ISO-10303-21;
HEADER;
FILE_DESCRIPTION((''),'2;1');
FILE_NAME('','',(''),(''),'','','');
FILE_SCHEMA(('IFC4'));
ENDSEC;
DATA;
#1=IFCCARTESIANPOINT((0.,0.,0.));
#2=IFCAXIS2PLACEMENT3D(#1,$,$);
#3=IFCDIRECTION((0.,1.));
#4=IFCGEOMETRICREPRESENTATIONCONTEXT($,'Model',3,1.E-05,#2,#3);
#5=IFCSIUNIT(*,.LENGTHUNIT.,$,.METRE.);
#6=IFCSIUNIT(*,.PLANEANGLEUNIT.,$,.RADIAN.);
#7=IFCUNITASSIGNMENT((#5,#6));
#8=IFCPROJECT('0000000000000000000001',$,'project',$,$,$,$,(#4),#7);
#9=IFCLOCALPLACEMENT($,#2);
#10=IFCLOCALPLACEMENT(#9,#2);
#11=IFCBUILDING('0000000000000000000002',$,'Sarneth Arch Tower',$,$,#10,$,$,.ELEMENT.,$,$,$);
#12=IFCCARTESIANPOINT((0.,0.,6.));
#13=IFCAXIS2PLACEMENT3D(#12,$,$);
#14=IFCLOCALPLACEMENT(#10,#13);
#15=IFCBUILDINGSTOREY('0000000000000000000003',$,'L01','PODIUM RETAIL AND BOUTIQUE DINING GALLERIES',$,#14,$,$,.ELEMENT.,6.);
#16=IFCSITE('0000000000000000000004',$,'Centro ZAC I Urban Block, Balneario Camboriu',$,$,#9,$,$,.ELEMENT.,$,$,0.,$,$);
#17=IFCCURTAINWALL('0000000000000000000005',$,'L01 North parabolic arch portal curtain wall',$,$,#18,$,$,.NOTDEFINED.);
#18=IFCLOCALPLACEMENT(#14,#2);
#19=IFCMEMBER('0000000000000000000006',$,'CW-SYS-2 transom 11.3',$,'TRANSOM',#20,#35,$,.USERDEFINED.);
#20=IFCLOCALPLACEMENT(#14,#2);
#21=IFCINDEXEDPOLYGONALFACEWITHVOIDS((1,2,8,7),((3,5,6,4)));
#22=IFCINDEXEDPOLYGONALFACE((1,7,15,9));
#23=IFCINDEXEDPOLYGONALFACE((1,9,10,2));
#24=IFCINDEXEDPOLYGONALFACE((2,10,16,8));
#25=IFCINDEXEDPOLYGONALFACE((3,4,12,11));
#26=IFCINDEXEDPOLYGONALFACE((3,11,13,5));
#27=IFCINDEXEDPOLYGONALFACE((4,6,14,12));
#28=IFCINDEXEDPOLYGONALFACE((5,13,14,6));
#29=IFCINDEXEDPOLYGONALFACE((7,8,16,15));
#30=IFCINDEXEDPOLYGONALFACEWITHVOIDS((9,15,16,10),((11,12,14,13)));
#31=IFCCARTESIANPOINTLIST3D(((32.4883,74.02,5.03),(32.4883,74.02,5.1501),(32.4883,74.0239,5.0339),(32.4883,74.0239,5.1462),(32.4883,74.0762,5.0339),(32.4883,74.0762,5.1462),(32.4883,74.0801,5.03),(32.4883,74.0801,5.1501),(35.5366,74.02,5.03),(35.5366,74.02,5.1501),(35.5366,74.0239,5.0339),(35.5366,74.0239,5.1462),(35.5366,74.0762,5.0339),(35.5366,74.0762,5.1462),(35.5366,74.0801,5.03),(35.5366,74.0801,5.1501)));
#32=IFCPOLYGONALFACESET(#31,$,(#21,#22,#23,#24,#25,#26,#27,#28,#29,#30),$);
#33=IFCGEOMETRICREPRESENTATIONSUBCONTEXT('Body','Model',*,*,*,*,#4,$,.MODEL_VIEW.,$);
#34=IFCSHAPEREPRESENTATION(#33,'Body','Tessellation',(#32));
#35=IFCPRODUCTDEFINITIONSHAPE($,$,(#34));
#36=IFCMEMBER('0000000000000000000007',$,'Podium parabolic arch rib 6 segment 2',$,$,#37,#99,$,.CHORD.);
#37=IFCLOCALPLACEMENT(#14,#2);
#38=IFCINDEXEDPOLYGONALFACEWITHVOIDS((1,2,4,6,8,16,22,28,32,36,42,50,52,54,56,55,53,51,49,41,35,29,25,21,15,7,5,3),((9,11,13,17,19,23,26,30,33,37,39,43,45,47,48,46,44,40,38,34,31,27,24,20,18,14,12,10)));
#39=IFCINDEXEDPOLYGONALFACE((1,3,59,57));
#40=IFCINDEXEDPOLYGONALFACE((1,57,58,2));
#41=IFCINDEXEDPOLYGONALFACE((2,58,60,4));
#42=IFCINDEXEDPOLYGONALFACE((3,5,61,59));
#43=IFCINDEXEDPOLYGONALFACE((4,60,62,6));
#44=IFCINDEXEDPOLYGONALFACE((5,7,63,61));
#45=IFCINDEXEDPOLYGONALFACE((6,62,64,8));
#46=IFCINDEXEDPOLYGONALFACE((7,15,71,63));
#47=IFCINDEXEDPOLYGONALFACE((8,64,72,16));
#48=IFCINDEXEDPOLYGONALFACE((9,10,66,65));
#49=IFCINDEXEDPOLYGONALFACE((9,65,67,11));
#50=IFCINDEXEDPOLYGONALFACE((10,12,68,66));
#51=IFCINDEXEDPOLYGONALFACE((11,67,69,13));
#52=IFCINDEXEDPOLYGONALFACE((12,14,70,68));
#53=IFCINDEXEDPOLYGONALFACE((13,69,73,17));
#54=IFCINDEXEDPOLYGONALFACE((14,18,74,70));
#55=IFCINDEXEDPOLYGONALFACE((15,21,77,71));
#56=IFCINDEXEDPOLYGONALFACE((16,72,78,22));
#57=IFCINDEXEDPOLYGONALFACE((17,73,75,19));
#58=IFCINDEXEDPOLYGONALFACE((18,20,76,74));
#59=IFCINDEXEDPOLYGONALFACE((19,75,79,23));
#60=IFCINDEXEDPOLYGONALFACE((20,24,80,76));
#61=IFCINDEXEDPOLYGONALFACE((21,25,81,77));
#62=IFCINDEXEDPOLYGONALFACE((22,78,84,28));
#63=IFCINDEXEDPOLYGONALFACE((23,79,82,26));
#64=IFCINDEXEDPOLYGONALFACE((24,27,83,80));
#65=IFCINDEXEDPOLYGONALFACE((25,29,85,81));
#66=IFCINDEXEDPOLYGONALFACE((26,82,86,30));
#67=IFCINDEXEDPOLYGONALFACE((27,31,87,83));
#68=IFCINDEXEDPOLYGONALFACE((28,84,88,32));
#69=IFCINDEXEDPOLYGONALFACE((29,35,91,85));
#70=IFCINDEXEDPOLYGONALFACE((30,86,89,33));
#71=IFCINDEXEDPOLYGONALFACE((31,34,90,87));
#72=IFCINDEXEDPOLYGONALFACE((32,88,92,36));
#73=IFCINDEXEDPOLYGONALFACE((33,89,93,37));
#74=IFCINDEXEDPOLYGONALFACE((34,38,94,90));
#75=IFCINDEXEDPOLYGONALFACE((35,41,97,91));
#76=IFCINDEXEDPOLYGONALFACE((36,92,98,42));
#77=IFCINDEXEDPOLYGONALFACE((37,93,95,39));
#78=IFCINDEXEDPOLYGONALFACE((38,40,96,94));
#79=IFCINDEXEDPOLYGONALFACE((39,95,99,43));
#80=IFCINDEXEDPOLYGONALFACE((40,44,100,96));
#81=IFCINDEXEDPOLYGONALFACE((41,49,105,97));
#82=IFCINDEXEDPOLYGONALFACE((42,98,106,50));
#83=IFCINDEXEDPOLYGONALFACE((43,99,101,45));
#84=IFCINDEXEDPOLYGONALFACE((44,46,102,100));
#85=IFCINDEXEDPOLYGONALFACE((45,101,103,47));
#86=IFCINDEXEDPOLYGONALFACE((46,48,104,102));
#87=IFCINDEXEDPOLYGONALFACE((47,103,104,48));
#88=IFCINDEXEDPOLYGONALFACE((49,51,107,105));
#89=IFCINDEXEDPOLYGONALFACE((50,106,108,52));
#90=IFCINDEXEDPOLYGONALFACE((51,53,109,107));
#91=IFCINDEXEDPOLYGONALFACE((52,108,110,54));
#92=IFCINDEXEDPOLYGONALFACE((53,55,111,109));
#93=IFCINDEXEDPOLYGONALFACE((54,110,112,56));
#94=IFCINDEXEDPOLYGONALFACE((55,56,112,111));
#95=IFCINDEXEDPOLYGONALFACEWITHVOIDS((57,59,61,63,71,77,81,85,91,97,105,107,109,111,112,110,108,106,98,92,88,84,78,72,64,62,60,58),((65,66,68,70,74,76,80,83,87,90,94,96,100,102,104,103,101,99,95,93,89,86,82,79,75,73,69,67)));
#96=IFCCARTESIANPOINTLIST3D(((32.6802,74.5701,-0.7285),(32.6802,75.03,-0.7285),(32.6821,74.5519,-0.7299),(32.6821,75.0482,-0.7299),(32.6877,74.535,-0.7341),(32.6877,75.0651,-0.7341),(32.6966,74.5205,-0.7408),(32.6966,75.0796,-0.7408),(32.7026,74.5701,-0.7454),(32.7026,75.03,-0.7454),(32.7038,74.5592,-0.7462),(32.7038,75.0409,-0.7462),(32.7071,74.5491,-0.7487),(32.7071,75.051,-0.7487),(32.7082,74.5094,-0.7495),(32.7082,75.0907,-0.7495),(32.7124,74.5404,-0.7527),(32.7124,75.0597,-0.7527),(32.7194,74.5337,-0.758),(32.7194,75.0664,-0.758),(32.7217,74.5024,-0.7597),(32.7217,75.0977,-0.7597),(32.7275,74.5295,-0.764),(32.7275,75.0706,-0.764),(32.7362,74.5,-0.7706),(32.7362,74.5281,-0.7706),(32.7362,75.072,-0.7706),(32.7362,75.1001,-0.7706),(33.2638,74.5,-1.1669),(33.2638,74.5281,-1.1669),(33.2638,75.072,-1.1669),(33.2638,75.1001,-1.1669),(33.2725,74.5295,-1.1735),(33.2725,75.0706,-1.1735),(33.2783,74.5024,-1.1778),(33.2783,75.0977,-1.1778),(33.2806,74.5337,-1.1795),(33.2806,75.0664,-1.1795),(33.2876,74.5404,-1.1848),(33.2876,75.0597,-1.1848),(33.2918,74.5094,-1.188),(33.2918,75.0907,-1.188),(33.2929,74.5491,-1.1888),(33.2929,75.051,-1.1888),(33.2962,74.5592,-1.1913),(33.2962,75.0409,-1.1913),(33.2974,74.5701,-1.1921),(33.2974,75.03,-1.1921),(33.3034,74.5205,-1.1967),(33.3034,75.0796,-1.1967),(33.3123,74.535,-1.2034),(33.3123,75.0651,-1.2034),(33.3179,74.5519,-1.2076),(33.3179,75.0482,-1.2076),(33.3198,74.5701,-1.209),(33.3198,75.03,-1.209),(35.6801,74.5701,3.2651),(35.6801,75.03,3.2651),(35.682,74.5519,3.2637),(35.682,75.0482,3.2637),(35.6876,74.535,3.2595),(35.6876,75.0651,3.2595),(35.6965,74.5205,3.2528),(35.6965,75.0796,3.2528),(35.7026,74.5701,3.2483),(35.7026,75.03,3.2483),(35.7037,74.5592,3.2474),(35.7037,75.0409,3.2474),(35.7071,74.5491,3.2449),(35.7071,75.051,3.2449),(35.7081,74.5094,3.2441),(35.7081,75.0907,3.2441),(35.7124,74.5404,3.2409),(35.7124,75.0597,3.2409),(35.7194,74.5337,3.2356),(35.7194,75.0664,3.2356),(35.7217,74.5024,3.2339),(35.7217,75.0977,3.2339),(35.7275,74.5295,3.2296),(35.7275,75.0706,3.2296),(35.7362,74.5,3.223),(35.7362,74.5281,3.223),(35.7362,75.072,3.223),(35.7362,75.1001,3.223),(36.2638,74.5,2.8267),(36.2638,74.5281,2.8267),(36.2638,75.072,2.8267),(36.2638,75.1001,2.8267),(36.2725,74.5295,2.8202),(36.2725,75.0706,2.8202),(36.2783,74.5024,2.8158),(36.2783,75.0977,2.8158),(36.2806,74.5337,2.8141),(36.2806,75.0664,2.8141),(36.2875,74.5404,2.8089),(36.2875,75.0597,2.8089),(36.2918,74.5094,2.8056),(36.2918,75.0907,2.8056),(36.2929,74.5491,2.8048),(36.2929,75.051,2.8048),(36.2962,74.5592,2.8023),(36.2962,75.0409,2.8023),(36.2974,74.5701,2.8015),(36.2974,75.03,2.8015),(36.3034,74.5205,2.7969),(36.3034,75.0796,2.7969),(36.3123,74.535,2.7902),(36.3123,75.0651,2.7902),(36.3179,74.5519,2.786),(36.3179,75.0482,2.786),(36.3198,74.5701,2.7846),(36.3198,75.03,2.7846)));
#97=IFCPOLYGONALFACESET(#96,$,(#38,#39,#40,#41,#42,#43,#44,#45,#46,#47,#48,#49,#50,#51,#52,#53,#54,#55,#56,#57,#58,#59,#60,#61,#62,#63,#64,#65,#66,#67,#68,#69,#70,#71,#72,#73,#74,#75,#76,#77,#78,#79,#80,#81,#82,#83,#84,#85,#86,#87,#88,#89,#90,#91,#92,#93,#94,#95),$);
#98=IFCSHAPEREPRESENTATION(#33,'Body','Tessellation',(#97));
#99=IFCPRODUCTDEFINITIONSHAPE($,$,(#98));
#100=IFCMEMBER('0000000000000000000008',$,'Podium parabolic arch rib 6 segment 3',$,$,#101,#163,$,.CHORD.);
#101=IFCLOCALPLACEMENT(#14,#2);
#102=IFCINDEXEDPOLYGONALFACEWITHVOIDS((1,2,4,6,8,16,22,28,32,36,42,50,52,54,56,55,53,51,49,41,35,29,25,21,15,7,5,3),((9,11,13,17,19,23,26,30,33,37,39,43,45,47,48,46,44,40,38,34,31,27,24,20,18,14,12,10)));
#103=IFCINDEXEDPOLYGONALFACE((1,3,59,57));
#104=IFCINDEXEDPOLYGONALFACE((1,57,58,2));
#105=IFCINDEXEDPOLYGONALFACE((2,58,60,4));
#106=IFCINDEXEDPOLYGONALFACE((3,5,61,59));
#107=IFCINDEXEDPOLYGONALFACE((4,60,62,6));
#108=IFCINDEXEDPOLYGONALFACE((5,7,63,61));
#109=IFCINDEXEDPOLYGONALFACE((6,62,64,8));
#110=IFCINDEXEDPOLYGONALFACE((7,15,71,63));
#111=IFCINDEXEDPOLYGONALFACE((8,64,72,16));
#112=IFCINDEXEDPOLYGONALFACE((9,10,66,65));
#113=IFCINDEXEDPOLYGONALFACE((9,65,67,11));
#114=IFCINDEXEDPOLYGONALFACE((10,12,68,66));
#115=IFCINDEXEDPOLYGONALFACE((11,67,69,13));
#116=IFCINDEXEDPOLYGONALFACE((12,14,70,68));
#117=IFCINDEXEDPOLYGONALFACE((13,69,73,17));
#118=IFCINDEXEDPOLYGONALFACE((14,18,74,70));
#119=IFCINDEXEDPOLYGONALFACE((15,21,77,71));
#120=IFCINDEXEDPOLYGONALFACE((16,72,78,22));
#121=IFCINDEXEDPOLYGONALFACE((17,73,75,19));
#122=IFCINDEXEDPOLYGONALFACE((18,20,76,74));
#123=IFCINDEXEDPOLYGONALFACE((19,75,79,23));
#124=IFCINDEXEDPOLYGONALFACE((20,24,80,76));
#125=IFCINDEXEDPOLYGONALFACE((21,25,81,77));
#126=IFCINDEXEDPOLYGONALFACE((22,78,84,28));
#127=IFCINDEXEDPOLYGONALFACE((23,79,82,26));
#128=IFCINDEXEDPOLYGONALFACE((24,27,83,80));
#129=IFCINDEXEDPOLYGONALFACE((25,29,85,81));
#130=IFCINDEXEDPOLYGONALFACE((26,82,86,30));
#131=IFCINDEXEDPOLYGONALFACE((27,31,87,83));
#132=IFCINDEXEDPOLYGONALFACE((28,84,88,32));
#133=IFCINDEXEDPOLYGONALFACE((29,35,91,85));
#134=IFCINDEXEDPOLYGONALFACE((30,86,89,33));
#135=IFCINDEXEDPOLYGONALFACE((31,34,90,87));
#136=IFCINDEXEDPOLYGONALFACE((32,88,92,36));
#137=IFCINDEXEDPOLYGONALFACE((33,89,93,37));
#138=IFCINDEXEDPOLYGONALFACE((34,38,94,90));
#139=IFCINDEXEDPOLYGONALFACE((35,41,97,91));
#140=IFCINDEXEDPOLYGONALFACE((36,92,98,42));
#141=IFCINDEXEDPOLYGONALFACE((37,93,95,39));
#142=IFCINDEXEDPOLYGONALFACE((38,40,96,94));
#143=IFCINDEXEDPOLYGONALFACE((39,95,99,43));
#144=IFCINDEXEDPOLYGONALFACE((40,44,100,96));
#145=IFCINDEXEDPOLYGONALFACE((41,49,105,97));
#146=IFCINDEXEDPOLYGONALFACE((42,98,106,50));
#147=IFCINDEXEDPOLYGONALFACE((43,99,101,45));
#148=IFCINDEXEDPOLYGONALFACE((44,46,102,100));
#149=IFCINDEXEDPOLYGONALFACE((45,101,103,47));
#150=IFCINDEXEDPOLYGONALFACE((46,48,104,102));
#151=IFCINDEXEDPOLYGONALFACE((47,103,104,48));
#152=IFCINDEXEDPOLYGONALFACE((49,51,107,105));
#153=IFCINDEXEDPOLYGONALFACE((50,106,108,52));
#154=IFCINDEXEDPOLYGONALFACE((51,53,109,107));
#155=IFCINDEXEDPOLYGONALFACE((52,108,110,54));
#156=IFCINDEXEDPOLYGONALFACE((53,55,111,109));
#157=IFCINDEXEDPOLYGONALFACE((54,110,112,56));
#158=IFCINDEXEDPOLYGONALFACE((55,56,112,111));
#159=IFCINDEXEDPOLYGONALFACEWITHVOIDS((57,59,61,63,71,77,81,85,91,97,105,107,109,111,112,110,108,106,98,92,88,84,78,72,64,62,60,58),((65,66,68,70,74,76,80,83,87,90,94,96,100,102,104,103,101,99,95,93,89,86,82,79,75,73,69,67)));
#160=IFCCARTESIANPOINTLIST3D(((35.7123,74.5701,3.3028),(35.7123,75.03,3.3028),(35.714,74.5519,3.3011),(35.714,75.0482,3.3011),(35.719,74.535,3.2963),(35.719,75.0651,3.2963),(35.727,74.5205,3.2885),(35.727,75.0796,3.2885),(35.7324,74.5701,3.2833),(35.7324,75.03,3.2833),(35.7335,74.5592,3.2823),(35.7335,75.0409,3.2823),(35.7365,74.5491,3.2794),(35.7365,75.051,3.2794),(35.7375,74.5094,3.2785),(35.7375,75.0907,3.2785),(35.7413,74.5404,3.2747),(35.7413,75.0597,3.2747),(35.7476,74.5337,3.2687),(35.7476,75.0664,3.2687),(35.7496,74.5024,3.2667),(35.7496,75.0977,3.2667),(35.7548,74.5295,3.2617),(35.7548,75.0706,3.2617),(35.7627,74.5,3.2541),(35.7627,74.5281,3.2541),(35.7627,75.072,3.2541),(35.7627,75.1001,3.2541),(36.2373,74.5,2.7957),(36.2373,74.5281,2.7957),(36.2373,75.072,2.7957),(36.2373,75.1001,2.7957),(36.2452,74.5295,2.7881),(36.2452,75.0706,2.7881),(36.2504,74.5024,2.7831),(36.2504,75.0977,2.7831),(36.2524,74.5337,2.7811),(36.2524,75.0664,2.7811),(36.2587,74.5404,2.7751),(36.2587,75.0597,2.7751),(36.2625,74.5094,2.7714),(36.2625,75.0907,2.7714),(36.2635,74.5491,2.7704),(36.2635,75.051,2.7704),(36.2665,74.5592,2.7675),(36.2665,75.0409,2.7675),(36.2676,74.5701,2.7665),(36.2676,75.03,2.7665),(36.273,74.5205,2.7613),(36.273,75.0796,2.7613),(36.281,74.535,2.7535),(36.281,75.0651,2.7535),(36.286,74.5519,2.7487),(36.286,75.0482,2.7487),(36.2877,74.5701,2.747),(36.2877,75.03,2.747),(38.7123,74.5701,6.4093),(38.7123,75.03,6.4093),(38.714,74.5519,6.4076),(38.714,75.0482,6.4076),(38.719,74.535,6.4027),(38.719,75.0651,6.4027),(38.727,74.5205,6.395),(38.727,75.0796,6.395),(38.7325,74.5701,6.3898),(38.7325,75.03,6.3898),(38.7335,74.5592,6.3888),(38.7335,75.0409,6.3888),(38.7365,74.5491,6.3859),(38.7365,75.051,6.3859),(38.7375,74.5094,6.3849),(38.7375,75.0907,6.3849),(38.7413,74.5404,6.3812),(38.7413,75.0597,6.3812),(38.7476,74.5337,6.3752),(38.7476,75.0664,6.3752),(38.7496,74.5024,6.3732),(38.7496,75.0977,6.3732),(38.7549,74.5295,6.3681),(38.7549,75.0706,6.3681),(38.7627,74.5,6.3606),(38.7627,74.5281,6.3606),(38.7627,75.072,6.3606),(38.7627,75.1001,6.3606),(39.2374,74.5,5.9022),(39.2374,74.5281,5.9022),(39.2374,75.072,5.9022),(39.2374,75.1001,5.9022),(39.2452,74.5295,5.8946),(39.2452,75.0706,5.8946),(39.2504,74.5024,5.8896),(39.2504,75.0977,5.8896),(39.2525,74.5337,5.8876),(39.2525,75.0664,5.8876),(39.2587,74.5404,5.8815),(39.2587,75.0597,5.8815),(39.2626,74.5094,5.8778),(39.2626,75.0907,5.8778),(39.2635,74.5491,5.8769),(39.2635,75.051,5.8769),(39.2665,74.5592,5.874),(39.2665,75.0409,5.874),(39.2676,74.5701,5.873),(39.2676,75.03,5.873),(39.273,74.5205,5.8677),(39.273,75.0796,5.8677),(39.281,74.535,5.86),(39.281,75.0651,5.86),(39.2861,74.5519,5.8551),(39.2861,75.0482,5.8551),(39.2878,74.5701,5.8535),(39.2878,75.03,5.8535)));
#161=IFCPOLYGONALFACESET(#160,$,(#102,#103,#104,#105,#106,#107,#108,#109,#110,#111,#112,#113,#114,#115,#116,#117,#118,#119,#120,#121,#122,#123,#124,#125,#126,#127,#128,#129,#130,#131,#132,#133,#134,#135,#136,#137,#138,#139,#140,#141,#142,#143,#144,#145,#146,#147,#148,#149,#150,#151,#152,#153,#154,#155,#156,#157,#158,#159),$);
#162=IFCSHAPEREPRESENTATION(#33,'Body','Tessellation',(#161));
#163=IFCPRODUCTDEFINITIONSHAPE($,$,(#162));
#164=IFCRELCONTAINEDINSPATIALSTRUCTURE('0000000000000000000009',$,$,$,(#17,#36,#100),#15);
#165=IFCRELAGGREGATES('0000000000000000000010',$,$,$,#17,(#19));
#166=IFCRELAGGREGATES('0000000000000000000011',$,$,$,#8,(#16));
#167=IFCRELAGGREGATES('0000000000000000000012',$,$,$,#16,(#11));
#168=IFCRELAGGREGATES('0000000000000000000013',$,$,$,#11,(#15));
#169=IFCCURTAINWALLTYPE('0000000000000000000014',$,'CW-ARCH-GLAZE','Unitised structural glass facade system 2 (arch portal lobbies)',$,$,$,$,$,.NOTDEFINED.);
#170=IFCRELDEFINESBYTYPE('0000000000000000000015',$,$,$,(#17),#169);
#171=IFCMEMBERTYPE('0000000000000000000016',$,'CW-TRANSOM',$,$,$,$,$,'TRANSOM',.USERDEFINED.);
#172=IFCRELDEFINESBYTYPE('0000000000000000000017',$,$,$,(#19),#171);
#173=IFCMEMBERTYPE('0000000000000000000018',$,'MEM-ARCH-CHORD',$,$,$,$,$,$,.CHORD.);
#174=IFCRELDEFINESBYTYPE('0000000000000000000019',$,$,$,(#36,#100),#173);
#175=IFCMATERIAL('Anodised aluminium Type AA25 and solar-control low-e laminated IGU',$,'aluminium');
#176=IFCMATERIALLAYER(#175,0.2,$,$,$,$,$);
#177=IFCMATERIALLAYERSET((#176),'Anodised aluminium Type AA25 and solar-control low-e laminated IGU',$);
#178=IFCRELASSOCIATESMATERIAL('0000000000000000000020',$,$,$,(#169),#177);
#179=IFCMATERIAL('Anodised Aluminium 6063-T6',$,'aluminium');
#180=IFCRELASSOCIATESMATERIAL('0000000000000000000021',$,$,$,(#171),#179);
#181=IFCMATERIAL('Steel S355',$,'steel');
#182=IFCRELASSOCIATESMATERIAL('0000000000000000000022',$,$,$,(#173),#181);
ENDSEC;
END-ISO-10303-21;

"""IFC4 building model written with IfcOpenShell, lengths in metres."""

from ifc_helpers import new_model, si_unit, direction, frame, origin, origin_2d, place, context, subcontext, project, spatial, hollow_rectangle, extrude, material, layer, layer_set, material_profile, profile_set, type_object, element, aggregate, save


model = new_model("IFC4")

# Units and contexts
model_context = context("Model", 3, precision=1e-05, world=origin(), true_north=direction((0.0, 1.0)))
body_context = subcontext(model_context, "Body", "Model", "MODEL_VIEW")
ifc_project = project(units=[si_unit("LENGTHUNIT", "METRE"), si_unit("PLANEANGLEUNIT", "RADIAN")], contexts=[model_context])

# Site, building, storey
site_placement = place(None, origin())
site = spatial("IfcSite", under=ifc_project, at=site_placement, Name="Centro ZAC I Urban Block, Balneario Camboriu", CompositionType="ELEMENT", RefElevation=0.0)
building_placement = place(site_placement, origin())
building = spatial("IfcBuilding", under=site, at=building_placement, Name="Sarneth Arch Tower", CompositionType="ELEMENT")
storey_placement = place(building_placement, frame((0.0, 0.0, 6.0)))
storey = spatial("IfcBuildingStorey", under=building, at=storey_placement, Name="L01", Description="PODIUM RETAIL AND BOUTIQUE DINING GALLERIES", CompositionType="ELEMENT", Elevation=6.0)

# Curtain wall, member
ifc_material_1 = material(Name="Anodised aluminium Type AA25 and solar-control low-e laminated IGU", Category="aluminium")
ifc_layer_1 = layer(ifc_material_1, 0.2)
ifc_layer_set_1 = layer_set([ifc_layer_1], Name="Anodised aluminium Type AA25 and solar-control low-e laminated IGU")
curtain_wall_type = type_object("IfcCurtainWallType", Name="CW-ARCH-GLAZE", Description="Unitised structural glass facade system 2 (arch portal lobbies)", PredefinedType="NOTDEFINED", material=ifc_layer_set_1)
curtain_wall_placement = place(storey_placement, origin())
curtain_wall = element("IfcCurtainWall", 1, at=curtain_wall_placement, inside=storey, type_object=curtain_wall_type, Name="L01 North parabolic arch portal curtain wall", PredefinedType="NOTDEFINED")
ifc_material_2 = material(Name="Anodised Aluminium 6063-T6", Category="aluminium")
ifc_material_profile_1 = material_profile(ifc_material_2, hollow_rectangle(XDim=0.0601, YDim=0.1201, WallThickness=0.0039, at=origin_2d()), Name="AL-TRAN-120x60x4")
ifc_profile_set_1 = profile_set([ifc_material_profile_1], Name="Anodised Aluminium 6063-T6")
member_type_1 = type_object("IfcMemberType", Name="CW-TRANSOM", ElementType="TRANSOM", PredefinedType="USERDEFINED", material=ifc_profile_set_1)
member_1_placement = place(storey_placement, frame((35.5366, 74.05, 5.0901), z_axis=(-1.0, 0.0, 0.0), x_axis=(0.0, -1.0, 0.0)))
member_1 = element("IfcMember", 2, at=member_1_placement, type_object=member_type_1, Name="CW-SYS-2 transom 11.3", ObjectType="TRANSOM", PredefinedType="USERDEFINED", context=body_context, shape_type="SweptSolid", body=[
    extrude(hollow_rectangle(XDim=0.0601, YDim=0.1201, WallThickness=0.0039, at=origin_2d()), origin(), (0.0, 0.0, 1.0), 3.0483),
])

# Members
ifc_material_3 = material(Name="Steel S355", Category="steel")
ifc_material_profile_2 = material_profile(ifc_material_3, hollow_rectangle(XDim=0.6001, YDim=0.8, WallThickness=0.0281, InnerFilletRadius=0.042, OuterFilletRadius=0.0701, at=origin_2d()), Name="RHS800x600x28")
ifc_profile_set_2 = profile_set([ifc_material_profile_2], Name="Steel S355")
member_type_2 = type_object("IfcMemberType", Name="MEM-ARCH-CHORD", PredefinedType="CHORD", material=ifc_profile_set_2)
member_2_placement = place(storey_placement, frame((33.0, 74.8, -0.9688), z_axis=(0.60061, 0.0, 0.799542), x_axis=(0.0, 1.0, 0.0)))
element("IfcMember", 3, at=member_2_placement, inside=storey, type_object=member_type_2, Name="Podium parabolic arch rib 6 segment 2", PredefinedType="CHORD", context=body_context, shape_type="SweptSolid", body=[
    extrude(hollow_rectangle(XDim=0.6001, YDim=0.8, WallThickness=0.0281, InnerFilletRadius=0.042, OuterFilletRadius=0.0701, at=origin_2d()), origin(), (0.0, 0.0, 1.0), 4.9949),
])
member_3_placement = place(storey_placement, frame((36.0, 74.8, 3.0249), z_axis=(0.694675, 0.0, 0.719324), x_axis=(0.0, 1.0, 0.0)))
element("IfcMember", 4, at=member_3_placement, inside=storey, type_object=member_type_2, Name="Podium parabolic arch rib 6 segment 3", PredefinedType="CHORD", context=body_context, shape_type="SweptSolid", body=[
    extrude(hollow_rectangle(XDim=0.6001, YDim=0.8, WallThickness=0.0281, InnerFilletRadius=0.042, OuterFilletRadius=0.0701, at=origin_2d()), origin(), (0.0, 0.0, 1.0), 4.3186),
])

aggregate(curtain_wall, [member_1])

save(model, "model.ifc")
